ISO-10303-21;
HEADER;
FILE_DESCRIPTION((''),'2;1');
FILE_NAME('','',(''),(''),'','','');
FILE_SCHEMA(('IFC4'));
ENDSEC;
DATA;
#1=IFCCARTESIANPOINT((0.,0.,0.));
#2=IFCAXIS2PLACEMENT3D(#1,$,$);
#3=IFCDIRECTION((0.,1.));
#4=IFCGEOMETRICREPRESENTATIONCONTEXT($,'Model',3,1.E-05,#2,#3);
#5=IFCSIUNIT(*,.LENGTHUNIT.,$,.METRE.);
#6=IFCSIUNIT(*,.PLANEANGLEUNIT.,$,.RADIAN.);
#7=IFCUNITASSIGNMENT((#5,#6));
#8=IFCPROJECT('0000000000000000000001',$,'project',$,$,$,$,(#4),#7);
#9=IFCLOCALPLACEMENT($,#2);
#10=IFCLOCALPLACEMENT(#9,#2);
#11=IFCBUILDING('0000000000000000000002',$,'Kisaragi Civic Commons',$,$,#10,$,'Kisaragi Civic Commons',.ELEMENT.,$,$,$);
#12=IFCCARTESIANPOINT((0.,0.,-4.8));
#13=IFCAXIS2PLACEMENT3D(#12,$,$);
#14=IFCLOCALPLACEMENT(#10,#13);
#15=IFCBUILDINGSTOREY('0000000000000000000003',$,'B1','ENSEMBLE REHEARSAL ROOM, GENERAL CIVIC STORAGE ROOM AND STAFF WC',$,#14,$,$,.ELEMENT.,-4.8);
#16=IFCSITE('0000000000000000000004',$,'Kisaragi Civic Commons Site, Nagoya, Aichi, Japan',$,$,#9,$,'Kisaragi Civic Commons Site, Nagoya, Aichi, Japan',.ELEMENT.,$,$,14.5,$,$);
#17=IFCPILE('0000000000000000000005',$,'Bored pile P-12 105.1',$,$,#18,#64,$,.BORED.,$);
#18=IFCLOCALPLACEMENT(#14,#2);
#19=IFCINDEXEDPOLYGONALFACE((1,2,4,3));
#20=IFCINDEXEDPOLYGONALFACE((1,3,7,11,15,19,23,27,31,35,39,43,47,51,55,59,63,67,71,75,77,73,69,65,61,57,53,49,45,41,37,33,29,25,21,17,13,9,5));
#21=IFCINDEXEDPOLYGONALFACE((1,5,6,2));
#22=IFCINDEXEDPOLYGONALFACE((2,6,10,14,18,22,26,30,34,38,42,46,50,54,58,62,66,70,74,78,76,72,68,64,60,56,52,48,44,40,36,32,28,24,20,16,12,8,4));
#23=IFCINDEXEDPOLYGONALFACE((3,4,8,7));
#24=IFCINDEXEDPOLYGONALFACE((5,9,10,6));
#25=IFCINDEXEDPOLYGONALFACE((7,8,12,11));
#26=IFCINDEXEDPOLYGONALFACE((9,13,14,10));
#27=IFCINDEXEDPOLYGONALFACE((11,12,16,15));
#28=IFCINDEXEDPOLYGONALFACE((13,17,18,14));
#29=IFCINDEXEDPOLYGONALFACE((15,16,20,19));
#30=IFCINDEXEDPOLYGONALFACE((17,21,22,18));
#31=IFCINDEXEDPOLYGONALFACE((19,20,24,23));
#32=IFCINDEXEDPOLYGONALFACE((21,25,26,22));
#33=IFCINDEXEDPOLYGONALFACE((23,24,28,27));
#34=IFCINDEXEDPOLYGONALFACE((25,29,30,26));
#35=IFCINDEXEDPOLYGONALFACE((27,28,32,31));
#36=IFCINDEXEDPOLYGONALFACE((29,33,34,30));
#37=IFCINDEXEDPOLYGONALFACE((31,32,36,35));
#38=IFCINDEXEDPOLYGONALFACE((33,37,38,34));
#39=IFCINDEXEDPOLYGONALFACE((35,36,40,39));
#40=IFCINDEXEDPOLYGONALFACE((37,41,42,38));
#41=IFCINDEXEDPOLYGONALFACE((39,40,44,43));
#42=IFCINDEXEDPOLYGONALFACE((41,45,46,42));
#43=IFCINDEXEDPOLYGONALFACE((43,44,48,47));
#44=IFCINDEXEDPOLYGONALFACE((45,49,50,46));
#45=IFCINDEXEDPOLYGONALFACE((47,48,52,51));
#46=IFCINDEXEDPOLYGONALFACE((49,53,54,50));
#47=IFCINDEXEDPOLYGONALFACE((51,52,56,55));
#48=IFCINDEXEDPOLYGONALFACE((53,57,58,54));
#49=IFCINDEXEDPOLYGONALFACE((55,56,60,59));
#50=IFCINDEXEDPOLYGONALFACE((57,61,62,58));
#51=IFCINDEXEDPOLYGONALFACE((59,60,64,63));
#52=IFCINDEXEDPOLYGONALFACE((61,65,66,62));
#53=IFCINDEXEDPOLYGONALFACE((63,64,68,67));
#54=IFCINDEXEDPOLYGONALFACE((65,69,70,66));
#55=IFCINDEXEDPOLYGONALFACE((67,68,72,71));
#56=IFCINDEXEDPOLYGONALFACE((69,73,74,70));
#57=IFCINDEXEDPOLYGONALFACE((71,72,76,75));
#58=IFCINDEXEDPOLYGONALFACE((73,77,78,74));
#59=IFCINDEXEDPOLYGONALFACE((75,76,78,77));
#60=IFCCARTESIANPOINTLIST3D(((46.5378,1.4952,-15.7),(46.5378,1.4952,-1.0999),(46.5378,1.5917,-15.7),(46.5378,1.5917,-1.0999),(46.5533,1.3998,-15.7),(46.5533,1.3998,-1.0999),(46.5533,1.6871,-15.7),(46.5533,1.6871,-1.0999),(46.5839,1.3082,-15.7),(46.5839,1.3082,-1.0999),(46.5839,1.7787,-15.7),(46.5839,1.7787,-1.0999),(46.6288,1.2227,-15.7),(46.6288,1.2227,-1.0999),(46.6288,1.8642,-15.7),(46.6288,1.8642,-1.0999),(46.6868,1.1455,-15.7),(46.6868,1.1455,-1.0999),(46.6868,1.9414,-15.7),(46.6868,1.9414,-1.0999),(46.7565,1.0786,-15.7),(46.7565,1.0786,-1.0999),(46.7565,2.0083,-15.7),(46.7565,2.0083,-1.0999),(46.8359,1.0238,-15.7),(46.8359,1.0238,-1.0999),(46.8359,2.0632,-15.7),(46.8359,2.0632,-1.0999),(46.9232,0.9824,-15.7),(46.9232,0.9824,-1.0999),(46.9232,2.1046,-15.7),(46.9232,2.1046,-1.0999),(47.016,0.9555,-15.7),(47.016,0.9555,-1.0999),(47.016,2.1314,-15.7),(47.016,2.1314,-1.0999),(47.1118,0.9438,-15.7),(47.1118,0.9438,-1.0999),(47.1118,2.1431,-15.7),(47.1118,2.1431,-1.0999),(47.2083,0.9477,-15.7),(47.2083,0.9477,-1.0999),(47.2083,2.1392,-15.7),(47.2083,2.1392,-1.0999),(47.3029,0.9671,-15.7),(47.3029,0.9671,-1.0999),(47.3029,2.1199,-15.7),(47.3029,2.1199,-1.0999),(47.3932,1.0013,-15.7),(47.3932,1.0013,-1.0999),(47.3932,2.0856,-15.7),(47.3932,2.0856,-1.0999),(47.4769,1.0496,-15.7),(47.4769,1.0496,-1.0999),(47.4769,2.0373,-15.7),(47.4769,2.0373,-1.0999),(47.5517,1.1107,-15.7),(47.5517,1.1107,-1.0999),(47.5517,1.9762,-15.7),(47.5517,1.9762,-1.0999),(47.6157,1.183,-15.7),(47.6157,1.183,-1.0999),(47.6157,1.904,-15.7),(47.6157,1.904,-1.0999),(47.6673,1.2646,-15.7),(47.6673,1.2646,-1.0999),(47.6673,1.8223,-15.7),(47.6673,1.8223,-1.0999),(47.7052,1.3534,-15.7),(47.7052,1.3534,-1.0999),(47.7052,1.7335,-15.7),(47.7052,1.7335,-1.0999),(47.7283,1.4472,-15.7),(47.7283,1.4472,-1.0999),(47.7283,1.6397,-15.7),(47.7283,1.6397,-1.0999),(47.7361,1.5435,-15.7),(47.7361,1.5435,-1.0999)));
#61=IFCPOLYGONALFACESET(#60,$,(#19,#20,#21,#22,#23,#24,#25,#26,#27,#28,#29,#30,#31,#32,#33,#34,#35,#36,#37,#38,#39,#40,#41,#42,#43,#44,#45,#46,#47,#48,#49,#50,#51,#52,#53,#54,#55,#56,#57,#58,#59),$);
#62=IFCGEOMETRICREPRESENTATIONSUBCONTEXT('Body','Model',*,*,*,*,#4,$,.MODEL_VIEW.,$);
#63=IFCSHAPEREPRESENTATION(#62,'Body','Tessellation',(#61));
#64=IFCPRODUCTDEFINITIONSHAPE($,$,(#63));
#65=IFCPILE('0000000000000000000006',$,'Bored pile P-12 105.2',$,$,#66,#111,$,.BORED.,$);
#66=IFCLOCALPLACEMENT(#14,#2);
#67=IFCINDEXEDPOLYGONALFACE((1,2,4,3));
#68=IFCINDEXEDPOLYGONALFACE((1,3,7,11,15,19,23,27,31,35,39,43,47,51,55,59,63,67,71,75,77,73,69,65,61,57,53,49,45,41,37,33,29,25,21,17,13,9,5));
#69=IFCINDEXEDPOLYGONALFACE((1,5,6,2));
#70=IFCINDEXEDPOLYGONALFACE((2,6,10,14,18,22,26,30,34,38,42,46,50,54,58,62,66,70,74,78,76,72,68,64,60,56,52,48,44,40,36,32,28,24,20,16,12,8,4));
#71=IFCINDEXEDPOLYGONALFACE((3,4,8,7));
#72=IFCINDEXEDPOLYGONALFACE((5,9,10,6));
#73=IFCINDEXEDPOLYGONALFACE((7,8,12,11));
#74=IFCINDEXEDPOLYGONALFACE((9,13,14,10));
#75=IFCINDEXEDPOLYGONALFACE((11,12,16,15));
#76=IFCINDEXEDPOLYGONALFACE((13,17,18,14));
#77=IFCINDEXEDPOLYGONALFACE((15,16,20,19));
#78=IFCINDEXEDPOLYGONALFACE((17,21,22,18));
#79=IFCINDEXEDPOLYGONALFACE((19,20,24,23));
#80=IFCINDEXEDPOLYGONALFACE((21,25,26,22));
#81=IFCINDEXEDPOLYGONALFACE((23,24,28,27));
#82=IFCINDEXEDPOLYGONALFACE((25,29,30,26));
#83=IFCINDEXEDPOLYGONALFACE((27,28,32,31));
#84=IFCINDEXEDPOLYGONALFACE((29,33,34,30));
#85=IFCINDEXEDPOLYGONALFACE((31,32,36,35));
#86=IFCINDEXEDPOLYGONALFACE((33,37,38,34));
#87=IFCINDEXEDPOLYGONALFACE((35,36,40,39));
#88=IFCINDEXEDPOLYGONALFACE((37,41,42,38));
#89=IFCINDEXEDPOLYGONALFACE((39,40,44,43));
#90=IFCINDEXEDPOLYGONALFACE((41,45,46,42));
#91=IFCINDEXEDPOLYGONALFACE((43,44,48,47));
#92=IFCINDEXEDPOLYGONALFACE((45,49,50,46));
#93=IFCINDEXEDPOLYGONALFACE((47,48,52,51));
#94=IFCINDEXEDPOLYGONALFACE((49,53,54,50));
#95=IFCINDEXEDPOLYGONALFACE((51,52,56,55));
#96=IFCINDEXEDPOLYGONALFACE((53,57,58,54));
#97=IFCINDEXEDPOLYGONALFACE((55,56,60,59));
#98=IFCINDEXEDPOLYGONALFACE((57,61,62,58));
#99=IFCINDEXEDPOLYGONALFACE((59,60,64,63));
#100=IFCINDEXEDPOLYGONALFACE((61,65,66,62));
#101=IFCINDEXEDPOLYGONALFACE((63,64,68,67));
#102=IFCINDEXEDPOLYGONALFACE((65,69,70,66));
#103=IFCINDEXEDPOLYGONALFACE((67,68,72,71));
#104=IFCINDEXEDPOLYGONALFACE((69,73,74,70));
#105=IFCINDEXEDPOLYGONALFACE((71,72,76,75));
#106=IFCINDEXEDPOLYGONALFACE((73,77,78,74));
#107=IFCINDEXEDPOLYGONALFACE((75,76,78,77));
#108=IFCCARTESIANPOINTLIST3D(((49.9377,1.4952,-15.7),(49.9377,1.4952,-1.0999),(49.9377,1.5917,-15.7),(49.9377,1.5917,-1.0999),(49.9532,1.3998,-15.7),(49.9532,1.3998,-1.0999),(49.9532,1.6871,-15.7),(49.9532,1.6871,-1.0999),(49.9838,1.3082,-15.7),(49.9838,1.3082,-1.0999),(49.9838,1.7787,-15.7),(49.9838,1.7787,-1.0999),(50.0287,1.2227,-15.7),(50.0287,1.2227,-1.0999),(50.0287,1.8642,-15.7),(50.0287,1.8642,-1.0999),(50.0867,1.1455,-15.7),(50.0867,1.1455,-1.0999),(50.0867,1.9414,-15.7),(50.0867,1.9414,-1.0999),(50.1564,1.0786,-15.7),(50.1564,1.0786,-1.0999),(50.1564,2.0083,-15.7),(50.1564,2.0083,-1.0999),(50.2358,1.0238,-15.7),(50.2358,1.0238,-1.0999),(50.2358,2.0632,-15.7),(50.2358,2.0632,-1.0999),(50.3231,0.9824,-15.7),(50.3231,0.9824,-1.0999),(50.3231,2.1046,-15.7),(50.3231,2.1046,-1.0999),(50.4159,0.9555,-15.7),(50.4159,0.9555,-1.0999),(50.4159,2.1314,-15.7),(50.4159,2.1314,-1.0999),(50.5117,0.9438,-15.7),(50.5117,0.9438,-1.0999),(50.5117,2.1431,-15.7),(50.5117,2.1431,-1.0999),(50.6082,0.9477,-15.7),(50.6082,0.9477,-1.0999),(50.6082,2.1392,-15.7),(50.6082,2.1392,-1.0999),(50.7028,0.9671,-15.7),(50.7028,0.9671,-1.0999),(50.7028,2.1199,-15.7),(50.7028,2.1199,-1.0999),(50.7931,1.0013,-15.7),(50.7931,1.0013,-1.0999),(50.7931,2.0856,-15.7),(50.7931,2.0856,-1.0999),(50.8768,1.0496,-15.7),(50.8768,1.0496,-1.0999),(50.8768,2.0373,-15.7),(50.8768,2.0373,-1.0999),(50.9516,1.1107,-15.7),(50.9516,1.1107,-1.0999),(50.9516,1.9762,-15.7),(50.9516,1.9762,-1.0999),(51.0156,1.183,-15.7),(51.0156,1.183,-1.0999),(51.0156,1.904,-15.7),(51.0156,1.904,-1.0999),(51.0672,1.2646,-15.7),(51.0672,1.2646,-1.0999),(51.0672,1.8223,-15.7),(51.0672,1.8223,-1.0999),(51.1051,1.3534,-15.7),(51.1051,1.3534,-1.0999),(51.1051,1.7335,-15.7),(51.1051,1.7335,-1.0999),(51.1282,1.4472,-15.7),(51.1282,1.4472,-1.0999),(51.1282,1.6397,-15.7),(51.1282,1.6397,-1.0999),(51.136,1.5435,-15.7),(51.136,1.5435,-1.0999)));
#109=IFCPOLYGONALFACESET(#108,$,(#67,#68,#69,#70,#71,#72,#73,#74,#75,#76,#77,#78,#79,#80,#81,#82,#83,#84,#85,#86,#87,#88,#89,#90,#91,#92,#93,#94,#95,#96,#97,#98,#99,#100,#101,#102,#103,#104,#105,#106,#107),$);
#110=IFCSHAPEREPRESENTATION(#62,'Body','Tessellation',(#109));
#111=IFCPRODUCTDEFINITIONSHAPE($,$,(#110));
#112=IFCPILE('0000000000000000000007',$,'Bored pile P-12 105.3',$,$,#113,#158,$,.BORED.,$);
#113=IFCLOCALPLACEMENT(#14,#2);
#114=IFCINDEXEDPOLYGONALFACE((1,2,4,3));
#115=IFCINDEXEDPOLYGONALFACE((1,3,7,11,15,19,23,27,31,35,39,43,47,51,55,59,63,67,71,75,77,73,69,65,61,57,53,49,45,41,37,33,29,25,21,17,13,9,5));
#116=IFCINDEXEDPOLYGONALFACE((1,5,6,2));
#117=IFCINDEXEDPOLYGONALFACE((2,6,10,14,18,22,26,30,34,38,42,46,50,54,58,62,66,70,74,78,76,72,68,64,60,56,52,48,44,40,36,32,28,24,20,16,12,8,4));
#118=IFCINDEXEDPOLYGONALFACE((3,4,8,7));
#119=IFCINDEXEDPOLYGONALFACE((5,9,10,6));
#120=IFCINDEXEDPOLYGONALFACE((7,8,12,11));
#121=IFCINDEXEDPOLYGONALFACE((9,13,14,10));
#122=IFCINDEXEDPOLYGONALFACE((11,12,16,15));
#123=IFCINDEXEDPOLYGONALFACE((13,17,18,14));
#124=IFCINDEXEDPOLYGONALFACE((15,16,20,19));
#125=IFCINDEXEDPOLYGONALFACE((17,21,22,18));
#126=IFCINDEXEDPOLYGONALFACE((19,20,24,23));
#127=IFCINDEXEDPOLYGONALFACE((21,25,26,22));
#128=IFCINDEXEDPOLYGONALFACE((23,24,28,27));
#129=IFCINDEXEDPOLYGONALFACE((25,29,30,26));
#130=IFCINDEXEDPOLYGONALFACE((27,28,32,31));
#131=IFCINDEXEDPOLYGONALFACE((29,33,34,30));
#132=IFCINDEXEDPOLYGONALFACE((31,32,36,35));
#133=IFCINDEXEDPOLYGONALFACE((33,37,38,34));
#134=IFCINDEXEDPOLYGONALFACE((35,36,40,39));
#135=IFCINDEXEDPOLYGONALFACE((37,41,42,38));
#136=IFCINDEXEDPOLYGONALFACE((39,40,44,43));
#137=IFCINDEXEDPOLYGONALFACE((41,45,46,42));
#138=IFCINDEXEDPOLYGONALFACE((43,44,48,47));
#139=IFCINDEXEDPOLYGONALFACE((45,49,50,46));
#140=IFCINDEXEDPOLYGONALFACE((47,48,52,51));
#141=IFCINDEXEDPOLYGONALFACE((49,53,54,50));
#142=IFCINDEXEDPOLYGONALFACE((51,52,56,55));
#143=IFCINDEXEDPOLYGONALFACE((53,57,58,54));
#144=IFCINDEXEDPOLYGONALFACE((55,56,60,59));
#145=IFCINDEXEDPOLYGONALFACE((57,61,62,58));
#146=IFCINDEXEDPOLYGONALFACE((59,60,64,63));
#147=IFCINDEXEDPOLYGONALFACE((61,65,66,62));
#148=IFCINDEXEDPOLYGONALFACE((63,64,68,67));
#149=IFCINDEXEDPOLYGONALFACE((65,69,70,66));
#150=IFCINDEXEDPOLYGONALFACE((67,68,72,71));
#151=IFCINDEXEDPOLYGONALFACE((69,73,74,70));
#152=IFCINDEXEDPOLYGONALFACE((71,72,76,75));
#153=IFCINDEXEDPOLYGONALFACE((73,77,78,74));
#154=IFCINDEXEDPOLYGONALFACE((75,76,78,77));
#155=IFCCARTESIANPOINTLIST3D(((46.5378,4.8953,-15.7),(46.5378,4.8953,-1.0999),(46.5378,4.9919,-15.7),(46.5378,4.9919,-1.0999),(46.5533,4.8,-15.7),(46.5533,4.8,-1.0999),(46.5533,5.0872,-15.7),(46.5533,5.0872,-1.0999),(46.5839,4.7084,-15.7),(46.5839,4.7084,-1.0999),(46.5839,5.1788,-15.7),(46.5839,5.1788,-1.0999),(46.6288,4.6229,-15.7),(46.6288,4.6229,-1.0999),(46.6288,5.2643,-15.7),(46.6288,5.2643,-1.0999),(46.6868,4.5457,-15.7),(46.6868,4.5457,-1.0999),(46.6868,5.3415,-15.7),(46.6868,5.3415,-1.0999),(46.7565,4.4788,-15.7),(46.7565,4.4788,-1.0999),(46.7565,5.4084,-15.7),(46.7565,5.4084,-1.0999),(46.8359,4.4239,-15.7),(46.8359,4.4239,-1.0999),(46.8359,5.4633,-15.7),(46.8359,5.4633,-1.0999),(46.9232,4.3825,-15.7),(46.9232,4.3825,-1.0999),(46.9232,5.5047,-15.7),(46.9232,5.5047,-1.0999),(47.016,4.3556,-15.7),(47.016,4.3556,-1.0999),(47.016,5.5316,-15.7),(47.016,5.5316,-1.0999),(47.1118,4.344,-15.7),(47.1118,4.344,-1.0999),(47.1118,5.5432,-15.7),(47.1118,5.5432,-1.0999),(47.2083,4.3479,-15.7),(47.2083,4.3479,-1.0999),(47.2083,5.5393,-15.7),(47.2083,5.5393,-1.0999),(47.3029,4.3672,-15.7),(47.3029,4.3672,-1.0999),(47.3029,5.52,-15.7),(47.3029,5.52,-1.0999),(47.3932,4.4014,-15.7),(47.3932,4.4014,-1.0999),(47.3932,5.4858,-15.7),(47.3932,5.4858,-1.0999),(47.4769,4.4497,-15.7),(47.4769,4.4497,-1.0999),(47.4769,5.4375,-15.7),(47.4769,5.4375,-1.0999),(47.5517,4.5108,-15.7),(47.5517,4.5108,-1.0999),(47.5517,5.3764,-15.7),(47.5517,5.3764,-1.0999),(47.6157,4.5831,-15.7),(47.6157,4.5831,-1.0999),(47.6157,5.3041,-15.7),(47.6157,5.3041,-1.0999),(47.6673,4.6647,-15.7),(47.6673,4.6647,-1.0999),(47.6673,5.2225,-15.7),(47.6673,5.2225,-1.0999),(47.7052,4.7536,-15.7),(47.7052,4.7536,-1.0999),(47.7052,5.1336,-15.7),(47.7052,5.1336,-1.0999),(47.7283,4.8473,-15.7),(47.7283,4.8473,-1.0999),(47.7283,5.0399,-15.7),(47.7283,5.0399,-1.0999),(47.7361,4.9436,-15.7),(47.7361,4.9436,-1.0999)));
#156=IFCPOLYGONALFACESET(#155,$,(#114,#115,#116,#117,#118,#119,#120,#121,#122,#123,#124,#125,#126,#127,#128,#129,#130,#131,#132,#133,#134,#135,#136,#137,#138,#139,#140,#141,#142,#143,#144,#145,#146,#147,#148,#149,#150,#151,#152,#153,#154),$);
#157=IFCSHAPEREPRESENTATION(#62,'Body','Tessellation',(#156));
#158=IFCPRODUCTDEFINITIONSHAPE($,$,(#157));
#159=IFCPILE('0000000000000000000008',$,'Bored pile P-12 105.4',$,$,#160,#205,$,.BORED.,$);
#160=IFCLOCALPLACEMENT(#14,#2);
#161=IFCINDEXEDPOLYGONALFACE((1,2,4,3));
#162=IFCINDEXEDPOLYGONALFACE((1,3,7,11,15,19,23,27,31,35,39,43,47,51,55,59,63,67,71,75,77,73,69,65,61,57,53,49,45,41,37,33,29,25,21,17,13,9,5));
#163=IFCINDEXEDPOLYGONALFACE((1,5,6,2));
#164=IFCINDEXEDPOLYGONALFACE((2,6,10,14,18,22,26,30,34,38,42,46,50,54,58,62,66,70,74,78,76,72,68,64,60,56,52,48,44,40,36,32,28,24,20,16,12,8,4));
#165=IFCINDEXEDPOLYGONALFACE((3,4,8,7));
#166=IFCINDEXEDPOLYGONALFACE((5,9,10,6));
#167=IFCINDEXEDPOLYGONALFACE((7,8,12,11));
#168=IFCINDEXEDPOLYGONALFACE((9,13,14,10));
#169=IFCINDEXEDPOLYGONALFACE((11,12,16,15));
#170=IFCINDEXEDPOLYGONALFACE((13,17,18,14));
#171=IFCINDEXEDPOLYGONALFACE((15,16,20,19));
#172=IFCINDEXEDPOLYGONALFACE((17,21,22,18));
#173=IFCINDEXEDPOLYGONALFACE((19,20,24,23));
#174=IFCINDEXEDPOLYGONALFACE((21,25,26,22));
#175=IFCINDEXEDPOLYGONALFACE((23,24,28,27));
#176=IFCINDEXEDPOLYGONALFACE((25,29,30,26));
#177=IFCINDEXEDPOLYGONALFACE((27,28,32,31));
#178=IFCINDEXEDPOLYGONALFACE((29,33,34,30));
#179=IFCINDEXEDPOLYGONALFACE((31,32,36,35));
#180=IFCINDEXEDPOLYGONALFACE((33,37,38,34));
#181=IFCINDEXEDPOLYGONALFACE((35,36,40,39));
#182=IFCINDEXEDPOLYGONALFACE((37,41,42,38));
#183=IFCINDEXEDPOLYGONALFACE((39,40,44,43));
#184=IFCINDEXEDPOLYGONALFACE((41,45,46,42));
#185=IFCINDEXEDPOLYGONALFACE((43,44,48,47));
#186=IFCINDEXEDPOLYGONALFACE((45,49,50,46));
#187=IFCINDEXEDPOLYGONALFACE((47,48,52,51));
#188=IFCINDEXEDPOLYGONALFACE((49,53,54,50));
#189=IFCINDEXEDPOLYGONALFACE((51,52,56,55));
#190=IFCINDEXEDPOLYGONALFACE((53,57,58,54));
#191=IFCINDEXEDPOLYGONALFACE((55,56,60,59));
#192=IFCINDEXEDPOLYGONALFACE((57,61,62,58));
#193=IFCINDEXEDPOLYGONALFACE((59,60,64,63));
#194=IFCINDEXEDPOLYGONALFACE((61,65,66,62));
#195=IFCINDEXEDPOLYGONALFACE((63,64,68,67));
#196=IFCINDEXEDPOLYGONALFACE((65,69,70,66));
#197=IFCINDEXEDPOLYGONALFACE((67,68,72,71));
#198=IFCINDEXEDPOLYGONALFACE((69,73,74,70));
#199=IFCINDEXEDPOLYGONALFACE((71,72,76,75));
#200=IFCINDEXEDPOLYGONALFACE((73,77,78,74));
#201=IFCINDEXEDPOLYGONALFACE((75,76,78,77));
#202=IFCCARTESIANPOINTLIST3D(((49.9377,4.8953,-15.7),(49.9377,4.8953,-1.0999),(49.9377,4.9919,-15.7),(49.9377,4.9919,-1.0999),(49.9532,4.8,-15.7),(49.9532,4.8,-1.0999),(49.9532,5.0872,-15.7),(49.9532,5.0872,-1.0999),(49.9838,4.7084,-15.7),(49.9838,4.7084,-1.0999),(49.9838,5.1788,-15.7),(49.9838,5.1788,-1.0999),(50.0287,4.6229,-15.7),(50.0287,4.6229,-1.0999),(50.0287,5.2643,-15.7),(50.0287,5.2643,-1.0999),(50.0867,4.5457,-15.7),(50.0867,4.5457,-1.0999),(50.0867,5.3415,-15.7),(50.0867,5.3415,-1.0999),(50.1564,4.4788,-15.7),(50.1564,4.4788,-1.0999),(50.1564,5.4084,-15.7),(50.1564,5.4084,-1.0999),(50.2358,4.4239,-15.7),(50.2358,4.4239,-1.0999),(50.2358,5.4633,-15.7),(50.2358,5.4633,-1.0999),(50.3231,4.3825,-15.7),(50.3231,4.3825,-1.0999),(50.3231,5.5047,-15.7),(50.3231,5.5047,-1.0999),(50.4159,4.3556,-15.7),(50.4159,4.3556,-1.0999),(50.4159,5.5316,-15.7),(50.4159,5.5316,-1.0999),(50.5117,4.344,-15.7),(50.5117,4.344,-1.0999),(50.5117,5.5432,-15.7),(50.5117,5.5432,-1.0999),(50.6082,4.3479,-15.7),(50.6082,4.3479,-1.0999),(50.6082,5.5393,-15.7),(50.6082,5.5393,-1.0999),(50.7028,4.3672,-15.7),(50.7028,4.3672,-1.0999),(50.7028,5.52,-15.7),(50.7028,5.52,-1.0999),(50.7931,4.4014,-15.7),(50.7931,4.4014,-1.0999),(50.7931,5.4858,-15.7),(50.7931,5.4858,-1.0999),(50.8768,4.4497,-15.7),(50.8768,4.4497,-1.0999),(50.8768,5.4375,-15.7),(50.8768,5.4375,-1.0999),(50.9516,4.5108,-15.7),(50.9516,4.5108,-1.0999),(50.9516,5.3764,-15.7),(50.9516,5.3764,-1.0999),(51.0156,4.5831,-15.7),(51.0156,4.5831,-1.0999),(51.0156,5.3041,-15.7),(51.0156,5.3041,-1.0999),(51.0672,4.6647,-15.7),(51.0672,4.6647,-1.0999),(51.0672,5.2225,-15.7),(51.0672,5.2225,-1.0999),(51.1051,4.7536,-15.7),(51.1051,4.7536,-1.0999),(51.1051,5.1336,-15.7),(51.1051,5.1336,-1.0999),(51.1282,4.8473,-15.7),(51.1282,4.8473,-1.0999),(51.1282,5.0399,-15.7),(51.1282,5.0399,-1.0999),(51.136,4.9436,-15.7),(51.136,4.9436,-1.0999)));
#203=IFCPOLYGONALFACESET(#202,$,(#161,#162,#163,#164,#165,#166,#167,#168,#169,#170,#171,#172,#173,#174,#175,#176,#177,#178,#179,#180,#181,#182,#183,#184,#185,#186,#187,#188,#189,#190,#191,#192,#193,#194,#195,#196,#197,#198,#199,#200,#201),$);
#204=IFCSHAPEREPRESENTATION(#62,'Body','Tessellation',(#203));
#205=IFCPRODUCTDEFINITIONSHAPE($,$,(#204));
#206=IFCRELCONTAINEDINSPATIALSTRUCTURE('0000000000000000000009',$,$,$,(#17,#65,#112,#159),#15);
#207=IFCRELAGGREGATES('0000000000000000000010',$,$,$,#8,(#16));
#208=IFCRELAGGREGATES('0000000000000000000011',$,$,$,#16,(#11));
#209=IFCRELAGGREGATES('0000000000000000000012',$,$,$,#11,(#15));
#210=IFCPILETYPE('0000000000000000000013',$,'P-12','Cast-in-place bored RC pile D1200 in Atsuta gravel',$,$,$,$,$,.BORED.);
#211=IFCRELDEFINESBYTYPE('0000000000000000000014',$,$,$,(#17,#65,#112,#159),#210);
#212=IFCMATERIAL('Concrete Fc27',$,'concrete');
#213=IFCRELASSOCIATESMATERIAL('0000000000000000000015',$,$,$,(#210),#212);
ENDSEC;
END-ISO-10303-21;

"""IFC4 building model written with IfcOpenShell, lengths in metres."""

from ifc_helpers import new_model, si_unit, direction, frame, origin, origin_2d, place, context, subcontext, project, spatial, circle, extrude, material, material_profile, profile_set, type_object, element, save


model = new_model("IFC4")

# Units and contexts
model_context = context("Model", 3, precision=1e-05, world=origin(), true_north=direction((0.0, 1.0)))
body_context = subcontext(model_context, "Body", "Model", "MODEL_VIEW")
ifc_project = project(units=[si_unit("LENGTHUNIT", "METRE"), si_unit("PLANEANGLEUNIT", "RADIAN")], contexts=[model_context])

# Site, building, storey
site_placement = place(None, origin())
site = spatial("IfcSite", under=ifc_project, at=site_placement, Name="Kisaragi Civic Commons Site, Nagoya, Aichi, Japan", LongName="Kisaragi Civic Commons Site, Nagoya, Aichi, Japan", CompositionType="ELEMENT", RefElevation=14.5)
building_placement = place(site_placement, origin())
building = spatial("IfcBuilding", under=site, at=building_placement, Name="Kisaragi Civic Commons", LongName="Kisaragi Civic Commons", CompositionType="ELEMENT")
storey_placement = place(building_placement, frame((0.0, 0.0, -4.8)))
storey = spatial("IfcBuildingStorey", under=building, at=storey_placement, Name="B1", Description="ENSEMBLE REHEARSAL ROOM, GENERAL CIVIC STORAGE ROOM AND STAFF WC", CompositionType="ELEMENT", Elevation=-4.8)

# Piles
ifc_material_1 = material(Name="Concrete Fc27", Category="concrete")
ifc_material_profile_1 = material_profile(ifc_material_1, circle(Radius=0.6001, at=origin_2d()), Name="PILE-D1200", Category="concrete")
ifc_profile_set_1 = profile_set([ifc_material_profile_1], Name="Concrete Fc27")
pile_type = type_object("IfcPileType", Name="P-12", Description="Cast-in-place bored RC pile D1200 in Atsuta gravel", PredefinedType="BORED", material=ifc_profile_set_1)
for number, where, z_axis, x_axis, name in (
    (1, (47.136, 1.5435, -1.0999), (0.0, 0.0, -1.0), (1.0, 0.0, 0.0), "Bored pile P-12 105.1"),
    (2, (50.5359, 1.5435, -1.0999), (0.0, 0.0, -1.0), (1.0, 0.0, 0.0), "Bored pile P-12 105.2"),
    (3, (47.136, 4.9436, -1.0999), (0.0, 0.0, -1.0), (1.0, 0.0, 0.0), "Bored pile P-12 105.3"),
    (4, (50.5359, 4.9436, -1.0999), (0.0, 0.0, -1.0), (1.0, 0.0, 0.0), "Bored pile P-12 105.4"),
):
    element("IfcPile", number, at=place(storey_placement, frame(where, z_axis=z_axis, x_axis=x_axis)), inside=storey, type_object=pile_type, Name=name, PredefinedType="BORED", context=body_context, shape_type="SweptSolid", body=[
        extrude(circle(Radius=0.6001, at=origin_2d()), origin(), (0.0, 0.0, 1.0), 14.6001),
    ])

save(model, "model.ifc")
